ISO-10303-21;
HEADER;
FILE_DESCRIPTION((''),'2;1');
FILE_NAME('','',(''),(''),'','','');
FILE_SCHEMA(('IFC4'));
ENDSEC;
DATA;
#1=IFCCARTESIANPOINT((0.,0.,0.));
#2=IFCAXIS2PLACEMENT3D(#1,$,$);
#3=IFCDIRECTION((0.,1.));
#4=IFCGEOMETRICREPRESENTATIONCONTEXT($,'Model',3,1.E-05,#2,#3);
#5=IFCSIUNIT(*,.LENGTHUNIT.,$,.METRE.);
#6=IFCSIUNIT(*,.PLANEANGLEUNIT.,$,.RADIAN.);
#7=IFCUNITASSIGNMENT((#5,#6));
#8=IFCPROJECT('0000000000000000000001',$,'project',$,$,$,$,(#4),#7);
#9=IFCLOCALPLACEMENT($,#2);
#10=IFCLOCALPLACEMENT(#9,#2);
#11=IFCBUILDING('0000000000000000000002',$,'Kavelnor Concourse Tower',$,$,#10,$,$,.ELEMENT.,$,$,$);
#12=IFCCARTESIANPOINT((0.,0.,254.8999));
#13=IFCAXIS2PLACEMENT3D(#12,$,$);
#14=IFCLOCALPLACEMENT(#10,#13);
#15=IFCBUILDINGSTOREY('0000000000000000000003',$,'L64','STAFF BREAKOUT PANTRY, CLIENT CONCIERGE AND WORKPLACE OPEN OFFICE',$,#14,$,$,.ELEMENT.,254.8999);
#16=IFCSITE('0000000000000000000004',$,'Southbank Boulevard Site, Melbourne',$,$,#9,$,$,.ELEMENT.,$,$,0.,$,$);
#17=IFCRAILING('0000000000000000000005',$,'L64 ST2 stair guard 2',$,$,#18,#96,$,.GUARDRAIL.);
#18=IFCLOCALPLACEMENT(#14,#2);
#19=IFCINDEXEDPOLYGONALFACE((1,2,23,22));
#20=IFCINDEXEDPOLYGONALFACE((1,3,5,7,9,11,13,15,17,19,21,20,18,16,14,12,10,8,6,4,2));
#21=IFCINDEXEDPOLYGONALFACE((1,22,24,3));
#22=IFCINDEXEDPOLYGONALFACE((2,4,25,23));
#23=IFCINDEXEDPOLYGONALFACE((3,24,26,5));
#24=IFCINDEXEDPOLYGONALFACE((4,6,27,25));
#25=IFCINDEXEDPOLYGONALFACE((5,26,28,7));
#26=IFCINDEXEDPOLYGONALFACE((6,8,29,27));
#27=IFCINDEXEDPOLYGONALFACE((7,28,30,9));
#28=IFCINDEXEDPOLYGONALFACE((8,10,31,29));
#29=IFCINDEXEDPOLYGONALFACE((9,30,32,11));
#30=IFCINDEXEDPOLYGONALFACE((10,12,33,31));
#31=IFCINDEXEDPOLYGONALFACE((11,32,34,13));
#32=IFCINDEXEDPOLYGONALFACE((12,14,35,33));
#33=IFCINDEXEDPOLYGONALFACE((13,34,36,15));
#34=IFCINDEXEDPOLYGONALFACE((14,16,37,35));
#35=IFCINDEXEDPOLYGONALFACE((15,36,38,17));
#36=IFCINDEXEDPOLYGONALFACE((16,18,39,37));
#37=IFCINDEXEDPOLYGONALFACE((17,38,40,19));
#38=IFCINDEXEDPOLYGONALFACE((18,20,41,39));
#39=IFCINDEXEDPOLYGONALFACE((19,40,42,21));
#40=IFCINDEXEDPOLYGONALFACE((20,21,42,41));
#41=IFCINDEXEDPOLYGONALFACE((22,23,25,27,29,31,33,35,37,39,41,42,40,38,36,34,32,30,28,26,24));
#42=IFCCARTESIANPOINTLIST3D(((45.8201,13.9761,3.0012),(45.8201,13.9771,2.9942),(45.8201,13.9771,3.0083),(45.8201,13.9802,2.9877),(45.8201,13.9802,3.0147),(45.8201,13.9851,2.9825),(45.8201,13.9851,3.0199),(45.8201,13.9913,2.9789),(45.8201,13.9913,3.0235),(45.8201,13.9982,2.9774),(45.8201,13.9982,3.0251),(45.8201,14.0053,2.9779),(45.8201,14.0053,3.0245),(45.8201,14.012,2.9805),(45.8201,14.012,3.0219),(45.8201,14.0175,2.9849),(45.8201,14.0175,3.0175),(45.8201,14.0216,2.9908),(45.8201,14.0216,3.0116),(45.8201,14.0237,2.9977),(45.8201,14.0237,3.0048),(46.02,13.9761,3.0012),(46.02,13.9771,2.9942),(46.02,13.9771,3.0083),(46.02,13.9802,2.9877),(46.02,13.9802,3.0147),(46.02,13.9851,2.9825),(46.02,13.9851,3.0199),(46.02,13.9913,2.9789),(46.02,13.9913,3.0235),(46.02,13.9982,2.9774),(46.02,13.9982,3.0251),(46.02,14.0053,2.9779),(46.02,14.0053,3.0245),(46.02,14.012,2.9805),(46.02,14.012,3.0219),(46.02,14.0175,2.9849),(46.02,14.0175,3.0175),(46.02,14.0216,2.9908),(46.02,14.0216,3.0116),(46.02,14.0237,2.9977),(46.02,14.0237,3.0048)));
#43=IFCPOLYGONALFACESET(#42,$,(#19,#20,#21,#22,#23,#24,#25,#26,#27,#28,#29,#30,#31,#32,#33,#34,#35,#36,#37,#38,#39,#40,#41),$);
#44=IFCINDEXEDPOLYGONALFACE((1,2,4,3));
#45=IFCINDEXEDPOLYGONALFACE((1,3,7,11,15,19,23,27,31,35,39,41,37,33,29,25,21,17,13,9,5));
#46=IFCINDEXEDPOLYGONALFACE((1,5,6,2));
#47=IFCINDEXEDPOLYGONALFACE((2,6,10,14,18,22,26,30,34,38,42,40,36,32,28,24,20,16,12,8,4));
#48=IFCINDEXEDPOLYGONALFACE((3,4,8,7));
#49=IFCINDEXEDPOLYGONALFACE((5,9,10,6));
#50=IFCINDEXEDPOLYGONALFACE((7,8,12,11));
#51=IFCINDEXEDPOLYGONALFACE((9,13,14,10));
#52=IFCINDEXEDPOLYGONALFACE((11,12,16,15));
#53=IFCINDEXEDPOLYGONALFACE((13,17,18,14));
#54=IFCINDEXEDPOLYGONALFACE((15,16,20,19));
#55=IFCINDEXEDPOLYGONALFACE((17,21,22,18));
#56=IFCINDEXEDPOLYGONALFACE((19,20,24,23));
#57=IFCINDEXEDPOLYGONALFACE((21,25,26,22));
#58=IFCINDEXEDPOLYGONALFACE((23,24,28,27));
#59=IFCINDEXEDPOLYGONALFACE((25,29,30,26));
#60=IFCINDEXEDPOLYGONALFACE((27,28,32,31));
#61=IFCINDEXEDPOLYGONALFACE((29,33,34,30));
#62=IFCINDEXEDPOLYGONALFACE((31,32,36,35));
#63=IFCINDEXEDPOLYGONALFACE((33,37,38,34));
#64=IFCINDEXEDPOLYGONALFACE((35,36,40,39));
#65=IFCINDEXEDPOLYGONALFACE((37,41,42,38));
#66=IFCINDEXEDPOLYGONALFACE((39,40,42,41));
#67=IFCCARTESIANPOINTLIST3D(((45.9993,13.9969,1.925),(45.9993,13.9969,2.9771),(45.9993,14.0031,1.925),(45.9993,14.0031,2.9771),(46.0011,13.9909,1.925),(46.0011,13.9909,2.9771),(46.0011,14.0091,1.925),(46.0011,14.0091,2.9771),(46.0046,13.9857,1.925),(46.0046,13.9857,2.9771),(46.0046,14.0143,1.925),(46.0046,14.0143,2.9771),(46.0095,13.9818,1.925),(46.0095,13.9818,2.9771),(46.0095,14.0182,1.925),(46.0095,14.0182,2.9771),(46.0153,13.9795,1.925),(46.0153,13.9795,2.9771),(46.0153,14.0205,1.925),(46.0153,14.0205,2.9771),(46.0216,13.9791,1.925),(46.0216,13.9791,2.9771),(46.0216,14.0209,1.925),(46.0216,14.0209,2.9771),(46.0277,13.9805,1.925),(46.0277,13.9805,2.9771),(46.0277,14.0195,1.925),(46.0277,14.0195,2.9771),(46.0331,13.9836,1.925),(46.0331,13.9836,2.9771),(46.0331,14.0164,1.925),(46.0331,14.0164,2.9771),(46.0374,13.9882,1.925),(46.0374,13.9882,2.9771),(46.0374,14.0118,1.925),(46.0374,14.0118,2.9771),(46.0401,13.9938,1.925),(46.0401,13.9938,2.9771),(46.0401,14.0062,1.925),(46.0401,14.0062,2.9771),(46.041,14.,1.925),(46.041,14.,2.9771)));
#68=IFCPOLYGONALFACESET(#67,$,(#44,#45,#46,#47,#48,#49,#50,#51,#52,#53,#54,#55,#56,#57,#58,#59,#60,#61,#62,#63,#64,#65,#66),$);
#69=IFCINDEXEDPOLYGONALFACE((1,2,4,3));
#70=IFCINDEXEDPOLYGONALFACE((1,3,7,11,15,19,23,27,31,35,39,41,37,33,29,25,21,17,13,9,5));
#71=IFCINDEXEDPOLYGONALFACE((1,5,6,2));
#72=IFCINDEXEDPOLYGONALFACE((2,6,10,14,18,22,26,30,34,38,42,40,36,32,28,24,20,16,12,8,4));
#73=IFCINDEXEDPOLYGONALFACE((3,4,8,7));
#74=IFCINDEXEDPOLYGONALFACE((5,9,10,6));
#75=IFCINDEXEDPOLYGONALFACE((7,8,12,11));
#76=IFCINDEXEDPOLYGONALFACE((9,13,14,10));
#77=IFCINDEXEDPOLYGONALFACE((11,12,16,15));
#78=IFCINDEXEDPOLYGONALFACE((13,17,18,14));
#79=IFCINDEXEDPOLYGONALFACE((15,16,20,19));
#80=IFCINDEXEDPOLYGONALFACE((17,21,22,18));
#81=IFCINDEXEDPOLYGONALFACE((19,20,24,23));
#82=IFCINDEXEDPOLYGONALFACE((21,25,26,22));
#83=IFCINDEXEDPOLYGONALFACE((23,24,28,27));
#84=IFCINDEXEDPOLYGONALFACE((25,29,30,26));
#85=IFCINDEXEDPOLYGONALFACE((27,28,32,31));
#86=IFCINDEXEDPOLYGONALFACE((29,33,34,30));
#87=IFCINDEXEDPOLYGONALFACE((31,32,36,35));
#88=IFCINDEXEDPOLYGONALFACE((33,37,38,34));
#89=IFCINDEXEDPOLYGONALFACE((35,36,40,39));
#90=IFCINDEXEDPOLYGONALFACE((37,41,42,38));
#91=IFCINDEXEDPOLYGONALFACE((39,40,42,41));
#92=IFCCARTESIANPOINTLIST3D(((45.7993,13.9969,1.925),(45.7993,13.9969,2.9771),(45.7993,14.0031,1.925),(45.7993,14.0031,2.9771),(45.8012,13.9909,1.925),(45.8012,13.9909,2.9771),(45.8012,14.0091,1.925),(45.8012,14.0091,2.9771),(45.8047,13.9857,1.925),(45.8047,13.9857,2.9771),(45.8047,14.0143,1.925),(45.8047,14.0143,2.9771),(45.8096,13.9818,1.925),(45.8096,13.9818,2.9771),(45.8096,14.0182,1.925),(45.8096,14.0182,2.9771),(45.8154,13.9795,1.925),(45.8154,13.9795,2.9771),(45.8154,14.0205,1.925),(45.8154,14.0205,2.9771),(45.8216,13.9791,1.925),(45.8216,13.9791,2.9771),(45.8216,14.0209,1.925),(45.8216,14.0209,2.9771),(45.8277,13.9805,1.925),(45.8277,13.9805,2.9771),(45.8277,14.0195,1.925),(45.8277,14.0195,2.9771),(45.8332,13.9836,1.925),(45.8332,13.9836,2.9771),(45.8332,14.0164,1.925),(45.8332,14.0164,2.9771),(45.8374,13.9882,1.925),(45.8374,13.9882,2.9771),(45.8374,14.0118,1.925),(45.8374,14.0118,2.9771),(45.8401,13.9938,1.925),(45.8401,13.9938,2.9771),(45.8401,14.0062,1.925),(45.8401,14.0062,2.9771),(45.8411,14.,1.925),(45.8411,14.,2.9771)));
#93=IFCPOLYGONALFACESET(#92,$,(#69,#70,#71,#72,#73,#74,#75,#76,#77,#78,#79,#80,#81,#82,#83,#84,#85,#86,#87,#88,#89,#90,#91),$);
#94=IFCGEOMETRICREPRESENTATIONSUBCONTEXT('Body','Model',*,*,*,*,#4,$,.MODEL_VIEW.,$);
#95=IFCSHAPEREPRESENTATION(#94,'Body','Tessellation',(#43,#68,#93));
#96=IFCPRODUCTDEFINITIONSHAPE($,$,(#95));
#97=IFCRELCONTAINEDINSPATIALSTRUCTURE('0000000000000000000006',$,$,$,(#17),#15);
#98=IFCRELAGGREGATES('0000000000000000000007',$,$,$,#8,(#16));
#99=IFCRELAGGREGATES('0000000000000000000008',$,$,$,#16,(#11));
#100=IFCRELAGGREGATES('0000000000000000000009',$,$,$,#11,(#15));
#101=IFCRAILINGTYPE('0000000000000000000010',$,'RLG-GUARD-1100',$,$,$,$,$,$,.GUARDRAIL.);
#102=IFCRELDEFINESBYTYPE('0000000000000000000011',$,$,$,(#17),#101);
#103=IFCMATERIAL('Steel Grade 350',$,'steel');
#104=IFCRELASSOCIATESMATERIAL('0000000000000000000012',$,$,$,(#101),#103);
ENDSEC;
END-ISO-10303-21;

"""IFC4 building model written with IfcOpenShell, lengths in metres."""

from ifc_helpers import new_model, si_unit, direction, frame, origin, origin_2d, place, context, subcontext, project, spatial, circle, extrude, material, type_object, element, save


model = new_model("IFC4")

# Units and contexts
model_context = context("Model", 3, precision=1e-05, world=origin(), true_north=direction((0.0, 1.0)))
body_context = subcontext(model_context, "Body", "Model", "MODEL_VIEW")
ifc_project = project(units=[si_unit("LENGTHUNIT", "METRE"), si_unit("PLANEANGLEUNIT", "RADIAN")], contexts=[model_context])

# Site, building, storey
site_placement = place(None, origin())
site = spatial("IfcSite", under=ifc_project, at=site_placement, Name="Southbank Boulevard Site, Melbourne", CompositionType="ELEMENT", RefElevation=0.0)
building_placement = place(site_placement, origin())
building = spatial("IfcBuilding", under=site, at=building_placement, Name="Kavelnor Concourse Tower", CompositionType="ELEMENT")
storey_placement = place(building_placement, frame((0.0, 0.0, 254.8999)))
storey = spatial("IfcBuildingStorey", under=building, at=storey_placement, Name="L64", Description="STAFF BREAKOUT PANTRY, CLIENT CONCIERGE AND WORKPLACE OPEN OFFICE", CompositionType="ELEMENT", Elevation=254.8999)

# Shared definitions
ifc_material_1 = material(Name="Steel Grade 350", Category="steel")

# Railing
railing_type_1 = type_object("IfcRailingType", Name="RLG-GUARD-1100", PredefinedType="GUARDRAIL", material=ifc_material_1)
railing_1_placement = place(storey_placement, frame((46.02, 14.0, 1.925)))
element("IfcRailing", 1, at=railing_1_placement, inside=storey, type_object=railing_type_1, Name="L64 ST2 stair guard 2", PredefinedType="GUARDRAIL", context=body_context, shape_type="SweptSolid", body=[
    extrude(circle(Radius=0.0239, at=origin_2d()), frame((0.0, 0.0, 1.0762), z_axis=(-1.0, 0.0, 0.0), x_axis=(0.0, -1.0, 0.0)), (0.0, 0.0, 1.0), 0.2),
    extrude(circle(Radius=0.021, at=origin_2d()), origin(), (0.0, 0.0, 1.0), 1.052),
    extrude(circle(Radius=0.021, at=origin_2d()), frame((-0.2, 0.0, 0.0)), (0.0, 0.0, 1.0), 1.052),
])

save(model, "model.ifc")
